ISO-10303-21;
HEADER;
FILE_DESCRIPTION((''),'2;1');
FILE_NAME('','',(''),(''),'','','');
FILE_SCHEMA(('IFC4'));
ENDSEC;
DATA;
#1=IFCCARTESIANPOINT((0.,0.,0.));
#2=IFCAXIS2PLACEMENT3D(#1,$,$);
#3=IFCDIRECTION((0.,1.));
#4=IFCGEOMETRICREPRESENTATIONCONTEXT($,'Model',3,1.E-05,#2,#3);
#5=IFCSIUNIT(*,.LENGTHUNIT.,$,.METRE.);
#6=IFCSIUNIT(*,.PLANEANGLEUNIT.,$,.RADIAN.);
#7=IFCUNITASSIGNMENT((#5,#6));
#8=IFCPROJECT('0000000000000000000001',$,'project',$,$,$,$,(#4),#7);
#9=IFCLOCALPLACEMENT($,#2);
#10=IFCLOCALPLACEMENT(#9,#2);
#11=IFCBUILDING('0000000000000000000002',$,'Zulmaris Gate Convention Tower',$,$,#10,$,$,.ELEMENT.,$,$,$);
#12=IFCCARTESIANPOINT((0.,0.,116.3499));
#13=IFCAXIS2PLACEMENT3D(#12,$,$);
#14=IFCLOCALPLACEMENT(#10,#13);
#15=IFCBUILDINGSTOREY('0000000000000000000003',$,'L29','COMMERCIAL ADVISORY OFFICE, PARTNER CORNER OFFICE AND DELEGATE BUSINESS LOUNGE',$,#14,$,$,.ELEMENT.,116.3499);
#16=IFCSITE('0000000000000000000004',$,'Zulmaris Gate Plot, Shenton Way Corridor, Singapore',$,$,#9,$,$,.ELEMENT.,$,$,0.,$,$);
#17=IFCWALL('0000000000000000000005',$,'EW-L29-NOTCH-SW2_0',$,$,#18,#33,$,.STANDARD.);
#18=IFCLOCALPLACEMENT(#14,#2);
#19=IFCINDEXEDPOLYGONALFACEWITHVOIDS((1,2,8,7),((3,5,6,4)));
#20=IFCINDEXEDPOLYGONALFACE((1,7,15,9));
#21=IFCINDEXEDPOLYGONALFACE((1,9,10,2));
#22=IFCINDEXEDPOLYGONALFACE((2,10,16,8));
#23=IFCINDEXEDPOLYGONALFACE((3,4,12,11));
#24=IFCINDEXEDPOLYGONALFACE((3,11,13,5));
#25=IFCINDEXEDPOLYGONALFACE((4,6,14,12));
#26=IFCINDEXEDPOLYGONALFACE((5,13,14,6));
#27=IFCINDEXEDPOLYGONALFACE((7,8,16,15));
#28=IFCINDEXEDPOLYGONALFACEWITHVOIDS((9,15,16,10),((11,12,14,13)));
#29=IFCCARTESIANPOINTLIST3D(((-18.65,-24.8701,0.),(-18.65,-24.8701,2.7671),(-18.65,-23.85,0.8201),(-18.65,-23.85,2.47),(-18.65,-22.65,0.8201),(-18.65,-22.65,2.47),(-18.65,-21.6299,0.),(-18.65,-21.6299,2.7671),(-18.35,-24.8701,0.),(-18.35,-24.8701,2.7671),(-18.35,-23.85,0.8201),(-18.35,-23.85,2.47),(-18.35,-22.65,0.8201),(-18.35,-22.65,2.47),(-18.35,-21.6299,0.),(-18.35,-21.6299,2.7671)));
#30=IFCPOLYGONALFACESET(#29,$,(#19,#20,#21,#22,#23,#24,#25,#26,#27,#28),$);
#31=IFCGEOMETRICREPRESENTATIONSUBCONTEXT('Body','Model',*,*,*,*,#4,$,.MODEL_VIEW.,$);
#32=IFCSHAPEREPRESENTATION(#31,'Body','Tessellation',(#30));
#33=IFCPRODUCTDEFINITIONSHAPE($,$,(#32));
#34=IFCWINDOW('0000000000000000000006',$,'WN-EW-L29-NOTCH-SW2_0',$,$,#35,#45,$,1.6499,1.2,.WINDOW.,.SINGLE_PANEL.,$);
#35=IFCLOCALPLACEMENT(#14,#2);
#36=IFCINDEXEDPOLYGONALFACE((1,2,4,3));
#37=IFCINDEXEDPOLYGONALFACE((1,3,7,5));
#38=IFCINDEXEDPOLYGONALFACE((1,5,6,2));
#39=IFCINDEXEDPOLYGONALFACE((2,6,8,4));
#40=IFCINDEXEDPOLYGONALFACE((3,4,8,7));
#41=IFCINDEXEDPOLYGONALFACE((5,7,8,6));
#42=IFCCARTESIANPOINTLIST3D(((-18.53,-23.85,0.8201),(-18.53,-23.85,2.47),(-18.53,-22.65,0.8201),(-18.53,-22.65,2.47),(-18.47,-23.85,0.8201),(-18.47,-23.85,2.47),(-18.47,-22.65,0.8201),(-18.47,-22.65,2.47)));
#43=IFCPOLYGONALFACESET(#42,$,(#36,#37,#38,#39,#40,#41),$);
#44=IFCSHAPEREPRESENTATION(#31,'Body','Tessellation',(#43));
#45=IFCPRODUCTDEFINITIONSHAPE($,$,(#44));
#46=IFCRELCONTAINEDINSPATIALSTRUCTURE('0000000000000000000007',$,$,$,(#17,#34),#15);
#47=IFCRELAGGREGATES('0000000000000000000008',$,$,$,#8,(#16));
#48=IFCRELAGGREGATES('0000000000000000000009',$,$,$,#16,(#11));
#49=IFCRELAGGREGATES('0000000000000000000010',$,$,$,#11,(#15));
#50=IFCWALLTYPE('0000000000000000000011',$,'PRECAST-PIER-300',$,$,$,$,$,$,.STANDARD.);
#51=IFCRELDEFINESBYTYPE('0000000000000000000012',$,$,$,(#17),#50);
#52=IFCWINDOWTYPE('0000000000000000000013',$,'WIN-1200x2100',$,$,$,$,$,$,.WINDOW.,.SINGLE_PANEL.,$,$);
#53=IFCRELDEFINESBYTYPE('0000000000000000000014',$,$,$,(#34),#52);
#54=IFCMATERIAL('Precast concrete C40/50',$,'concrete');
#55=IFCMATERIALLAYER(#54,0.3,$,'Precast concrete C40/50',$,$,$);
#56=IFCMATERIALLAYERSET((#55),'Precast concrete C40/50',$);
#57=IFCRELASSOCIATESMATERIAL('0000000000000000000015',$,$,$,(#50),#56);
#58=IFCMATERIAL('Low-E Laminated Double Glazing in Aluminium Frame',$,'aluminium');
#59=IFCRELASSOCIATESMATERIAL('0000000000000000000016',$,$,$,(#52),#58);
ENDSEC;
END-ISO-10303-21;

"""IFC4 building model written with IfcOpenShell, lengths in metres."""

from ifc_helpers import new_model, si_unit, direction, frame, frame_2d, origin, place, context, subcontext, project, spatial, rectangle, extrude, material, layer, layer_set, type_object, element, fill, save


model = new_model("IFC4")

# Units and contexts
model_context = context("Model", 3, precision=1e-05, world=origin(), true_north=direction((0.0, 1.0)))
body_context = subcontext(model_context, "Body", "Model", "MODEL_VIEW")
ifc_project = project(units=[si_unit("LENGTHUNIT", "METRE"), si_unit("PLANEANGLEUNIT", "RADIAN")], contexts=[model_context])

# Site, building, storey
site_placement = place(None, origin())
site = spatial("IfcSite", under=ifc_project, at=site_placement, Name="Zulmaris Gate Plot, Shenton Way Corridor, Singapore", CompositionType="ELEMENT", RefElevation=0.0)
building_placement = place(site_placement, origin())
building = spatial("IfcBuilding", under=site, at=building_placement, Name="Zulmaris Gate Convention Tower", CompositionType="ELEMENT")
storey_placement = place(building_placement, frame((0.0, 0.0, 116.3499)))
storey = spatial("IfcBuildingStorey", under=building, at=storey_placement, Name="L29", Description="COMMERCIAL ADVISORY OFFICE, PARTNER CORNER OFFICE AND DELEGATE BUSINESS LOUNGE", CompositionType="ELEMENT", Elevation=116.3499)

# Shared definitions
ifc_material_1 = material(Name="Precast concrete C40/50", Category="concrete")
ifc_layer_1 = layer(ifc_material_1, 0.3, Name="Precast concrete C40/50")
ifc_layer_set_1 = layer_set([ifc_layer_1], Name="Precast concrete C40/50")
wall_type_1 = type_object("IfcWallType", Name="PRECAST-PIER-300", PredefinedType="STANDARD", material=ifc_layer_set_1)

# Wall, opening, window
wall_1_placement = place(storey_placement, frame((-18.5, -21.6299, 0.0), z_axis=(0.0, 0.0, 1.0), x_axis=(0.0, -1.0, 0.0)))
wall_1 = element("IfcWall", 1, at=wall_1_placement, inside=storey, type_object=wall_type_1, Name="EW-L29-NOTCH-SW2_0", PredefinedType="STANDARD", context=body_context, shape_type="SweptSolid", body=[
    extrude(rectangle(XDim=3.2402, YDim=0.3, at=frame_2d((1.6201, 0.0))), origin(), (0.0, 0.0, 1.0), 2.7671),
])
opening_1_placement = place(wall_1_placement, frame((1.02, 0.0, 0.8201)))
opening_1 = element("IfcOpeningElement", 2, at=opening_1_placement, cuts=wall_1, PredefinedType="OPENING", context=body_context, shape_type="SweptSolid", body=[
    extrude(rectangle(XDim=1.2, YDim=1.6499, at=frame_2d((0.6001, 0.825))), frame((0.0, 0.1602, 0.0), z_axis=(0.0, -1.0, 0.0), x_axis=(1.0, 0.0, 0.0)), (0.0, 0.0, 1.0), 0.3201),
])
ifc_material_2 = material(Name="Low-E Laminated Double Glazing in Aluminium Frame", Category="aluminium")
window_type = type_object("IfcWindowType", Name="WIN-1200x2100", PartitioningType="SINGLE_PANEL", PredefinedType="WINDOW", material=ifc_material_2)
window_placement = place(opening_1_placement, origin())
window = element("IfcWindow", 3, at=window_placement, inside=storey, type_object=window_type, Name="WN-EW-L29-NOTCH-SW2_0", OverallHeight=1.6499, OverallWidth=1.2, PartitioningType="SINGLE_PANEL", PredefinedType="WINDOW", context=body_context, shape_type="SweptSolid", body=[
    extrude(rectangle(XDim=1.2, YDim=1.6499, at=frame_2d((0.6001, 0.825))), frame((0.0, 0.03, 0.0), z_axis=(0.0, -1.0, 0.0), x_axis=(1.0, 0.0, 0.0)), (0.0, 0.0, 1.0), 0.0601),
])
fill(opening_1, window)

save(model, "model.ifc")
